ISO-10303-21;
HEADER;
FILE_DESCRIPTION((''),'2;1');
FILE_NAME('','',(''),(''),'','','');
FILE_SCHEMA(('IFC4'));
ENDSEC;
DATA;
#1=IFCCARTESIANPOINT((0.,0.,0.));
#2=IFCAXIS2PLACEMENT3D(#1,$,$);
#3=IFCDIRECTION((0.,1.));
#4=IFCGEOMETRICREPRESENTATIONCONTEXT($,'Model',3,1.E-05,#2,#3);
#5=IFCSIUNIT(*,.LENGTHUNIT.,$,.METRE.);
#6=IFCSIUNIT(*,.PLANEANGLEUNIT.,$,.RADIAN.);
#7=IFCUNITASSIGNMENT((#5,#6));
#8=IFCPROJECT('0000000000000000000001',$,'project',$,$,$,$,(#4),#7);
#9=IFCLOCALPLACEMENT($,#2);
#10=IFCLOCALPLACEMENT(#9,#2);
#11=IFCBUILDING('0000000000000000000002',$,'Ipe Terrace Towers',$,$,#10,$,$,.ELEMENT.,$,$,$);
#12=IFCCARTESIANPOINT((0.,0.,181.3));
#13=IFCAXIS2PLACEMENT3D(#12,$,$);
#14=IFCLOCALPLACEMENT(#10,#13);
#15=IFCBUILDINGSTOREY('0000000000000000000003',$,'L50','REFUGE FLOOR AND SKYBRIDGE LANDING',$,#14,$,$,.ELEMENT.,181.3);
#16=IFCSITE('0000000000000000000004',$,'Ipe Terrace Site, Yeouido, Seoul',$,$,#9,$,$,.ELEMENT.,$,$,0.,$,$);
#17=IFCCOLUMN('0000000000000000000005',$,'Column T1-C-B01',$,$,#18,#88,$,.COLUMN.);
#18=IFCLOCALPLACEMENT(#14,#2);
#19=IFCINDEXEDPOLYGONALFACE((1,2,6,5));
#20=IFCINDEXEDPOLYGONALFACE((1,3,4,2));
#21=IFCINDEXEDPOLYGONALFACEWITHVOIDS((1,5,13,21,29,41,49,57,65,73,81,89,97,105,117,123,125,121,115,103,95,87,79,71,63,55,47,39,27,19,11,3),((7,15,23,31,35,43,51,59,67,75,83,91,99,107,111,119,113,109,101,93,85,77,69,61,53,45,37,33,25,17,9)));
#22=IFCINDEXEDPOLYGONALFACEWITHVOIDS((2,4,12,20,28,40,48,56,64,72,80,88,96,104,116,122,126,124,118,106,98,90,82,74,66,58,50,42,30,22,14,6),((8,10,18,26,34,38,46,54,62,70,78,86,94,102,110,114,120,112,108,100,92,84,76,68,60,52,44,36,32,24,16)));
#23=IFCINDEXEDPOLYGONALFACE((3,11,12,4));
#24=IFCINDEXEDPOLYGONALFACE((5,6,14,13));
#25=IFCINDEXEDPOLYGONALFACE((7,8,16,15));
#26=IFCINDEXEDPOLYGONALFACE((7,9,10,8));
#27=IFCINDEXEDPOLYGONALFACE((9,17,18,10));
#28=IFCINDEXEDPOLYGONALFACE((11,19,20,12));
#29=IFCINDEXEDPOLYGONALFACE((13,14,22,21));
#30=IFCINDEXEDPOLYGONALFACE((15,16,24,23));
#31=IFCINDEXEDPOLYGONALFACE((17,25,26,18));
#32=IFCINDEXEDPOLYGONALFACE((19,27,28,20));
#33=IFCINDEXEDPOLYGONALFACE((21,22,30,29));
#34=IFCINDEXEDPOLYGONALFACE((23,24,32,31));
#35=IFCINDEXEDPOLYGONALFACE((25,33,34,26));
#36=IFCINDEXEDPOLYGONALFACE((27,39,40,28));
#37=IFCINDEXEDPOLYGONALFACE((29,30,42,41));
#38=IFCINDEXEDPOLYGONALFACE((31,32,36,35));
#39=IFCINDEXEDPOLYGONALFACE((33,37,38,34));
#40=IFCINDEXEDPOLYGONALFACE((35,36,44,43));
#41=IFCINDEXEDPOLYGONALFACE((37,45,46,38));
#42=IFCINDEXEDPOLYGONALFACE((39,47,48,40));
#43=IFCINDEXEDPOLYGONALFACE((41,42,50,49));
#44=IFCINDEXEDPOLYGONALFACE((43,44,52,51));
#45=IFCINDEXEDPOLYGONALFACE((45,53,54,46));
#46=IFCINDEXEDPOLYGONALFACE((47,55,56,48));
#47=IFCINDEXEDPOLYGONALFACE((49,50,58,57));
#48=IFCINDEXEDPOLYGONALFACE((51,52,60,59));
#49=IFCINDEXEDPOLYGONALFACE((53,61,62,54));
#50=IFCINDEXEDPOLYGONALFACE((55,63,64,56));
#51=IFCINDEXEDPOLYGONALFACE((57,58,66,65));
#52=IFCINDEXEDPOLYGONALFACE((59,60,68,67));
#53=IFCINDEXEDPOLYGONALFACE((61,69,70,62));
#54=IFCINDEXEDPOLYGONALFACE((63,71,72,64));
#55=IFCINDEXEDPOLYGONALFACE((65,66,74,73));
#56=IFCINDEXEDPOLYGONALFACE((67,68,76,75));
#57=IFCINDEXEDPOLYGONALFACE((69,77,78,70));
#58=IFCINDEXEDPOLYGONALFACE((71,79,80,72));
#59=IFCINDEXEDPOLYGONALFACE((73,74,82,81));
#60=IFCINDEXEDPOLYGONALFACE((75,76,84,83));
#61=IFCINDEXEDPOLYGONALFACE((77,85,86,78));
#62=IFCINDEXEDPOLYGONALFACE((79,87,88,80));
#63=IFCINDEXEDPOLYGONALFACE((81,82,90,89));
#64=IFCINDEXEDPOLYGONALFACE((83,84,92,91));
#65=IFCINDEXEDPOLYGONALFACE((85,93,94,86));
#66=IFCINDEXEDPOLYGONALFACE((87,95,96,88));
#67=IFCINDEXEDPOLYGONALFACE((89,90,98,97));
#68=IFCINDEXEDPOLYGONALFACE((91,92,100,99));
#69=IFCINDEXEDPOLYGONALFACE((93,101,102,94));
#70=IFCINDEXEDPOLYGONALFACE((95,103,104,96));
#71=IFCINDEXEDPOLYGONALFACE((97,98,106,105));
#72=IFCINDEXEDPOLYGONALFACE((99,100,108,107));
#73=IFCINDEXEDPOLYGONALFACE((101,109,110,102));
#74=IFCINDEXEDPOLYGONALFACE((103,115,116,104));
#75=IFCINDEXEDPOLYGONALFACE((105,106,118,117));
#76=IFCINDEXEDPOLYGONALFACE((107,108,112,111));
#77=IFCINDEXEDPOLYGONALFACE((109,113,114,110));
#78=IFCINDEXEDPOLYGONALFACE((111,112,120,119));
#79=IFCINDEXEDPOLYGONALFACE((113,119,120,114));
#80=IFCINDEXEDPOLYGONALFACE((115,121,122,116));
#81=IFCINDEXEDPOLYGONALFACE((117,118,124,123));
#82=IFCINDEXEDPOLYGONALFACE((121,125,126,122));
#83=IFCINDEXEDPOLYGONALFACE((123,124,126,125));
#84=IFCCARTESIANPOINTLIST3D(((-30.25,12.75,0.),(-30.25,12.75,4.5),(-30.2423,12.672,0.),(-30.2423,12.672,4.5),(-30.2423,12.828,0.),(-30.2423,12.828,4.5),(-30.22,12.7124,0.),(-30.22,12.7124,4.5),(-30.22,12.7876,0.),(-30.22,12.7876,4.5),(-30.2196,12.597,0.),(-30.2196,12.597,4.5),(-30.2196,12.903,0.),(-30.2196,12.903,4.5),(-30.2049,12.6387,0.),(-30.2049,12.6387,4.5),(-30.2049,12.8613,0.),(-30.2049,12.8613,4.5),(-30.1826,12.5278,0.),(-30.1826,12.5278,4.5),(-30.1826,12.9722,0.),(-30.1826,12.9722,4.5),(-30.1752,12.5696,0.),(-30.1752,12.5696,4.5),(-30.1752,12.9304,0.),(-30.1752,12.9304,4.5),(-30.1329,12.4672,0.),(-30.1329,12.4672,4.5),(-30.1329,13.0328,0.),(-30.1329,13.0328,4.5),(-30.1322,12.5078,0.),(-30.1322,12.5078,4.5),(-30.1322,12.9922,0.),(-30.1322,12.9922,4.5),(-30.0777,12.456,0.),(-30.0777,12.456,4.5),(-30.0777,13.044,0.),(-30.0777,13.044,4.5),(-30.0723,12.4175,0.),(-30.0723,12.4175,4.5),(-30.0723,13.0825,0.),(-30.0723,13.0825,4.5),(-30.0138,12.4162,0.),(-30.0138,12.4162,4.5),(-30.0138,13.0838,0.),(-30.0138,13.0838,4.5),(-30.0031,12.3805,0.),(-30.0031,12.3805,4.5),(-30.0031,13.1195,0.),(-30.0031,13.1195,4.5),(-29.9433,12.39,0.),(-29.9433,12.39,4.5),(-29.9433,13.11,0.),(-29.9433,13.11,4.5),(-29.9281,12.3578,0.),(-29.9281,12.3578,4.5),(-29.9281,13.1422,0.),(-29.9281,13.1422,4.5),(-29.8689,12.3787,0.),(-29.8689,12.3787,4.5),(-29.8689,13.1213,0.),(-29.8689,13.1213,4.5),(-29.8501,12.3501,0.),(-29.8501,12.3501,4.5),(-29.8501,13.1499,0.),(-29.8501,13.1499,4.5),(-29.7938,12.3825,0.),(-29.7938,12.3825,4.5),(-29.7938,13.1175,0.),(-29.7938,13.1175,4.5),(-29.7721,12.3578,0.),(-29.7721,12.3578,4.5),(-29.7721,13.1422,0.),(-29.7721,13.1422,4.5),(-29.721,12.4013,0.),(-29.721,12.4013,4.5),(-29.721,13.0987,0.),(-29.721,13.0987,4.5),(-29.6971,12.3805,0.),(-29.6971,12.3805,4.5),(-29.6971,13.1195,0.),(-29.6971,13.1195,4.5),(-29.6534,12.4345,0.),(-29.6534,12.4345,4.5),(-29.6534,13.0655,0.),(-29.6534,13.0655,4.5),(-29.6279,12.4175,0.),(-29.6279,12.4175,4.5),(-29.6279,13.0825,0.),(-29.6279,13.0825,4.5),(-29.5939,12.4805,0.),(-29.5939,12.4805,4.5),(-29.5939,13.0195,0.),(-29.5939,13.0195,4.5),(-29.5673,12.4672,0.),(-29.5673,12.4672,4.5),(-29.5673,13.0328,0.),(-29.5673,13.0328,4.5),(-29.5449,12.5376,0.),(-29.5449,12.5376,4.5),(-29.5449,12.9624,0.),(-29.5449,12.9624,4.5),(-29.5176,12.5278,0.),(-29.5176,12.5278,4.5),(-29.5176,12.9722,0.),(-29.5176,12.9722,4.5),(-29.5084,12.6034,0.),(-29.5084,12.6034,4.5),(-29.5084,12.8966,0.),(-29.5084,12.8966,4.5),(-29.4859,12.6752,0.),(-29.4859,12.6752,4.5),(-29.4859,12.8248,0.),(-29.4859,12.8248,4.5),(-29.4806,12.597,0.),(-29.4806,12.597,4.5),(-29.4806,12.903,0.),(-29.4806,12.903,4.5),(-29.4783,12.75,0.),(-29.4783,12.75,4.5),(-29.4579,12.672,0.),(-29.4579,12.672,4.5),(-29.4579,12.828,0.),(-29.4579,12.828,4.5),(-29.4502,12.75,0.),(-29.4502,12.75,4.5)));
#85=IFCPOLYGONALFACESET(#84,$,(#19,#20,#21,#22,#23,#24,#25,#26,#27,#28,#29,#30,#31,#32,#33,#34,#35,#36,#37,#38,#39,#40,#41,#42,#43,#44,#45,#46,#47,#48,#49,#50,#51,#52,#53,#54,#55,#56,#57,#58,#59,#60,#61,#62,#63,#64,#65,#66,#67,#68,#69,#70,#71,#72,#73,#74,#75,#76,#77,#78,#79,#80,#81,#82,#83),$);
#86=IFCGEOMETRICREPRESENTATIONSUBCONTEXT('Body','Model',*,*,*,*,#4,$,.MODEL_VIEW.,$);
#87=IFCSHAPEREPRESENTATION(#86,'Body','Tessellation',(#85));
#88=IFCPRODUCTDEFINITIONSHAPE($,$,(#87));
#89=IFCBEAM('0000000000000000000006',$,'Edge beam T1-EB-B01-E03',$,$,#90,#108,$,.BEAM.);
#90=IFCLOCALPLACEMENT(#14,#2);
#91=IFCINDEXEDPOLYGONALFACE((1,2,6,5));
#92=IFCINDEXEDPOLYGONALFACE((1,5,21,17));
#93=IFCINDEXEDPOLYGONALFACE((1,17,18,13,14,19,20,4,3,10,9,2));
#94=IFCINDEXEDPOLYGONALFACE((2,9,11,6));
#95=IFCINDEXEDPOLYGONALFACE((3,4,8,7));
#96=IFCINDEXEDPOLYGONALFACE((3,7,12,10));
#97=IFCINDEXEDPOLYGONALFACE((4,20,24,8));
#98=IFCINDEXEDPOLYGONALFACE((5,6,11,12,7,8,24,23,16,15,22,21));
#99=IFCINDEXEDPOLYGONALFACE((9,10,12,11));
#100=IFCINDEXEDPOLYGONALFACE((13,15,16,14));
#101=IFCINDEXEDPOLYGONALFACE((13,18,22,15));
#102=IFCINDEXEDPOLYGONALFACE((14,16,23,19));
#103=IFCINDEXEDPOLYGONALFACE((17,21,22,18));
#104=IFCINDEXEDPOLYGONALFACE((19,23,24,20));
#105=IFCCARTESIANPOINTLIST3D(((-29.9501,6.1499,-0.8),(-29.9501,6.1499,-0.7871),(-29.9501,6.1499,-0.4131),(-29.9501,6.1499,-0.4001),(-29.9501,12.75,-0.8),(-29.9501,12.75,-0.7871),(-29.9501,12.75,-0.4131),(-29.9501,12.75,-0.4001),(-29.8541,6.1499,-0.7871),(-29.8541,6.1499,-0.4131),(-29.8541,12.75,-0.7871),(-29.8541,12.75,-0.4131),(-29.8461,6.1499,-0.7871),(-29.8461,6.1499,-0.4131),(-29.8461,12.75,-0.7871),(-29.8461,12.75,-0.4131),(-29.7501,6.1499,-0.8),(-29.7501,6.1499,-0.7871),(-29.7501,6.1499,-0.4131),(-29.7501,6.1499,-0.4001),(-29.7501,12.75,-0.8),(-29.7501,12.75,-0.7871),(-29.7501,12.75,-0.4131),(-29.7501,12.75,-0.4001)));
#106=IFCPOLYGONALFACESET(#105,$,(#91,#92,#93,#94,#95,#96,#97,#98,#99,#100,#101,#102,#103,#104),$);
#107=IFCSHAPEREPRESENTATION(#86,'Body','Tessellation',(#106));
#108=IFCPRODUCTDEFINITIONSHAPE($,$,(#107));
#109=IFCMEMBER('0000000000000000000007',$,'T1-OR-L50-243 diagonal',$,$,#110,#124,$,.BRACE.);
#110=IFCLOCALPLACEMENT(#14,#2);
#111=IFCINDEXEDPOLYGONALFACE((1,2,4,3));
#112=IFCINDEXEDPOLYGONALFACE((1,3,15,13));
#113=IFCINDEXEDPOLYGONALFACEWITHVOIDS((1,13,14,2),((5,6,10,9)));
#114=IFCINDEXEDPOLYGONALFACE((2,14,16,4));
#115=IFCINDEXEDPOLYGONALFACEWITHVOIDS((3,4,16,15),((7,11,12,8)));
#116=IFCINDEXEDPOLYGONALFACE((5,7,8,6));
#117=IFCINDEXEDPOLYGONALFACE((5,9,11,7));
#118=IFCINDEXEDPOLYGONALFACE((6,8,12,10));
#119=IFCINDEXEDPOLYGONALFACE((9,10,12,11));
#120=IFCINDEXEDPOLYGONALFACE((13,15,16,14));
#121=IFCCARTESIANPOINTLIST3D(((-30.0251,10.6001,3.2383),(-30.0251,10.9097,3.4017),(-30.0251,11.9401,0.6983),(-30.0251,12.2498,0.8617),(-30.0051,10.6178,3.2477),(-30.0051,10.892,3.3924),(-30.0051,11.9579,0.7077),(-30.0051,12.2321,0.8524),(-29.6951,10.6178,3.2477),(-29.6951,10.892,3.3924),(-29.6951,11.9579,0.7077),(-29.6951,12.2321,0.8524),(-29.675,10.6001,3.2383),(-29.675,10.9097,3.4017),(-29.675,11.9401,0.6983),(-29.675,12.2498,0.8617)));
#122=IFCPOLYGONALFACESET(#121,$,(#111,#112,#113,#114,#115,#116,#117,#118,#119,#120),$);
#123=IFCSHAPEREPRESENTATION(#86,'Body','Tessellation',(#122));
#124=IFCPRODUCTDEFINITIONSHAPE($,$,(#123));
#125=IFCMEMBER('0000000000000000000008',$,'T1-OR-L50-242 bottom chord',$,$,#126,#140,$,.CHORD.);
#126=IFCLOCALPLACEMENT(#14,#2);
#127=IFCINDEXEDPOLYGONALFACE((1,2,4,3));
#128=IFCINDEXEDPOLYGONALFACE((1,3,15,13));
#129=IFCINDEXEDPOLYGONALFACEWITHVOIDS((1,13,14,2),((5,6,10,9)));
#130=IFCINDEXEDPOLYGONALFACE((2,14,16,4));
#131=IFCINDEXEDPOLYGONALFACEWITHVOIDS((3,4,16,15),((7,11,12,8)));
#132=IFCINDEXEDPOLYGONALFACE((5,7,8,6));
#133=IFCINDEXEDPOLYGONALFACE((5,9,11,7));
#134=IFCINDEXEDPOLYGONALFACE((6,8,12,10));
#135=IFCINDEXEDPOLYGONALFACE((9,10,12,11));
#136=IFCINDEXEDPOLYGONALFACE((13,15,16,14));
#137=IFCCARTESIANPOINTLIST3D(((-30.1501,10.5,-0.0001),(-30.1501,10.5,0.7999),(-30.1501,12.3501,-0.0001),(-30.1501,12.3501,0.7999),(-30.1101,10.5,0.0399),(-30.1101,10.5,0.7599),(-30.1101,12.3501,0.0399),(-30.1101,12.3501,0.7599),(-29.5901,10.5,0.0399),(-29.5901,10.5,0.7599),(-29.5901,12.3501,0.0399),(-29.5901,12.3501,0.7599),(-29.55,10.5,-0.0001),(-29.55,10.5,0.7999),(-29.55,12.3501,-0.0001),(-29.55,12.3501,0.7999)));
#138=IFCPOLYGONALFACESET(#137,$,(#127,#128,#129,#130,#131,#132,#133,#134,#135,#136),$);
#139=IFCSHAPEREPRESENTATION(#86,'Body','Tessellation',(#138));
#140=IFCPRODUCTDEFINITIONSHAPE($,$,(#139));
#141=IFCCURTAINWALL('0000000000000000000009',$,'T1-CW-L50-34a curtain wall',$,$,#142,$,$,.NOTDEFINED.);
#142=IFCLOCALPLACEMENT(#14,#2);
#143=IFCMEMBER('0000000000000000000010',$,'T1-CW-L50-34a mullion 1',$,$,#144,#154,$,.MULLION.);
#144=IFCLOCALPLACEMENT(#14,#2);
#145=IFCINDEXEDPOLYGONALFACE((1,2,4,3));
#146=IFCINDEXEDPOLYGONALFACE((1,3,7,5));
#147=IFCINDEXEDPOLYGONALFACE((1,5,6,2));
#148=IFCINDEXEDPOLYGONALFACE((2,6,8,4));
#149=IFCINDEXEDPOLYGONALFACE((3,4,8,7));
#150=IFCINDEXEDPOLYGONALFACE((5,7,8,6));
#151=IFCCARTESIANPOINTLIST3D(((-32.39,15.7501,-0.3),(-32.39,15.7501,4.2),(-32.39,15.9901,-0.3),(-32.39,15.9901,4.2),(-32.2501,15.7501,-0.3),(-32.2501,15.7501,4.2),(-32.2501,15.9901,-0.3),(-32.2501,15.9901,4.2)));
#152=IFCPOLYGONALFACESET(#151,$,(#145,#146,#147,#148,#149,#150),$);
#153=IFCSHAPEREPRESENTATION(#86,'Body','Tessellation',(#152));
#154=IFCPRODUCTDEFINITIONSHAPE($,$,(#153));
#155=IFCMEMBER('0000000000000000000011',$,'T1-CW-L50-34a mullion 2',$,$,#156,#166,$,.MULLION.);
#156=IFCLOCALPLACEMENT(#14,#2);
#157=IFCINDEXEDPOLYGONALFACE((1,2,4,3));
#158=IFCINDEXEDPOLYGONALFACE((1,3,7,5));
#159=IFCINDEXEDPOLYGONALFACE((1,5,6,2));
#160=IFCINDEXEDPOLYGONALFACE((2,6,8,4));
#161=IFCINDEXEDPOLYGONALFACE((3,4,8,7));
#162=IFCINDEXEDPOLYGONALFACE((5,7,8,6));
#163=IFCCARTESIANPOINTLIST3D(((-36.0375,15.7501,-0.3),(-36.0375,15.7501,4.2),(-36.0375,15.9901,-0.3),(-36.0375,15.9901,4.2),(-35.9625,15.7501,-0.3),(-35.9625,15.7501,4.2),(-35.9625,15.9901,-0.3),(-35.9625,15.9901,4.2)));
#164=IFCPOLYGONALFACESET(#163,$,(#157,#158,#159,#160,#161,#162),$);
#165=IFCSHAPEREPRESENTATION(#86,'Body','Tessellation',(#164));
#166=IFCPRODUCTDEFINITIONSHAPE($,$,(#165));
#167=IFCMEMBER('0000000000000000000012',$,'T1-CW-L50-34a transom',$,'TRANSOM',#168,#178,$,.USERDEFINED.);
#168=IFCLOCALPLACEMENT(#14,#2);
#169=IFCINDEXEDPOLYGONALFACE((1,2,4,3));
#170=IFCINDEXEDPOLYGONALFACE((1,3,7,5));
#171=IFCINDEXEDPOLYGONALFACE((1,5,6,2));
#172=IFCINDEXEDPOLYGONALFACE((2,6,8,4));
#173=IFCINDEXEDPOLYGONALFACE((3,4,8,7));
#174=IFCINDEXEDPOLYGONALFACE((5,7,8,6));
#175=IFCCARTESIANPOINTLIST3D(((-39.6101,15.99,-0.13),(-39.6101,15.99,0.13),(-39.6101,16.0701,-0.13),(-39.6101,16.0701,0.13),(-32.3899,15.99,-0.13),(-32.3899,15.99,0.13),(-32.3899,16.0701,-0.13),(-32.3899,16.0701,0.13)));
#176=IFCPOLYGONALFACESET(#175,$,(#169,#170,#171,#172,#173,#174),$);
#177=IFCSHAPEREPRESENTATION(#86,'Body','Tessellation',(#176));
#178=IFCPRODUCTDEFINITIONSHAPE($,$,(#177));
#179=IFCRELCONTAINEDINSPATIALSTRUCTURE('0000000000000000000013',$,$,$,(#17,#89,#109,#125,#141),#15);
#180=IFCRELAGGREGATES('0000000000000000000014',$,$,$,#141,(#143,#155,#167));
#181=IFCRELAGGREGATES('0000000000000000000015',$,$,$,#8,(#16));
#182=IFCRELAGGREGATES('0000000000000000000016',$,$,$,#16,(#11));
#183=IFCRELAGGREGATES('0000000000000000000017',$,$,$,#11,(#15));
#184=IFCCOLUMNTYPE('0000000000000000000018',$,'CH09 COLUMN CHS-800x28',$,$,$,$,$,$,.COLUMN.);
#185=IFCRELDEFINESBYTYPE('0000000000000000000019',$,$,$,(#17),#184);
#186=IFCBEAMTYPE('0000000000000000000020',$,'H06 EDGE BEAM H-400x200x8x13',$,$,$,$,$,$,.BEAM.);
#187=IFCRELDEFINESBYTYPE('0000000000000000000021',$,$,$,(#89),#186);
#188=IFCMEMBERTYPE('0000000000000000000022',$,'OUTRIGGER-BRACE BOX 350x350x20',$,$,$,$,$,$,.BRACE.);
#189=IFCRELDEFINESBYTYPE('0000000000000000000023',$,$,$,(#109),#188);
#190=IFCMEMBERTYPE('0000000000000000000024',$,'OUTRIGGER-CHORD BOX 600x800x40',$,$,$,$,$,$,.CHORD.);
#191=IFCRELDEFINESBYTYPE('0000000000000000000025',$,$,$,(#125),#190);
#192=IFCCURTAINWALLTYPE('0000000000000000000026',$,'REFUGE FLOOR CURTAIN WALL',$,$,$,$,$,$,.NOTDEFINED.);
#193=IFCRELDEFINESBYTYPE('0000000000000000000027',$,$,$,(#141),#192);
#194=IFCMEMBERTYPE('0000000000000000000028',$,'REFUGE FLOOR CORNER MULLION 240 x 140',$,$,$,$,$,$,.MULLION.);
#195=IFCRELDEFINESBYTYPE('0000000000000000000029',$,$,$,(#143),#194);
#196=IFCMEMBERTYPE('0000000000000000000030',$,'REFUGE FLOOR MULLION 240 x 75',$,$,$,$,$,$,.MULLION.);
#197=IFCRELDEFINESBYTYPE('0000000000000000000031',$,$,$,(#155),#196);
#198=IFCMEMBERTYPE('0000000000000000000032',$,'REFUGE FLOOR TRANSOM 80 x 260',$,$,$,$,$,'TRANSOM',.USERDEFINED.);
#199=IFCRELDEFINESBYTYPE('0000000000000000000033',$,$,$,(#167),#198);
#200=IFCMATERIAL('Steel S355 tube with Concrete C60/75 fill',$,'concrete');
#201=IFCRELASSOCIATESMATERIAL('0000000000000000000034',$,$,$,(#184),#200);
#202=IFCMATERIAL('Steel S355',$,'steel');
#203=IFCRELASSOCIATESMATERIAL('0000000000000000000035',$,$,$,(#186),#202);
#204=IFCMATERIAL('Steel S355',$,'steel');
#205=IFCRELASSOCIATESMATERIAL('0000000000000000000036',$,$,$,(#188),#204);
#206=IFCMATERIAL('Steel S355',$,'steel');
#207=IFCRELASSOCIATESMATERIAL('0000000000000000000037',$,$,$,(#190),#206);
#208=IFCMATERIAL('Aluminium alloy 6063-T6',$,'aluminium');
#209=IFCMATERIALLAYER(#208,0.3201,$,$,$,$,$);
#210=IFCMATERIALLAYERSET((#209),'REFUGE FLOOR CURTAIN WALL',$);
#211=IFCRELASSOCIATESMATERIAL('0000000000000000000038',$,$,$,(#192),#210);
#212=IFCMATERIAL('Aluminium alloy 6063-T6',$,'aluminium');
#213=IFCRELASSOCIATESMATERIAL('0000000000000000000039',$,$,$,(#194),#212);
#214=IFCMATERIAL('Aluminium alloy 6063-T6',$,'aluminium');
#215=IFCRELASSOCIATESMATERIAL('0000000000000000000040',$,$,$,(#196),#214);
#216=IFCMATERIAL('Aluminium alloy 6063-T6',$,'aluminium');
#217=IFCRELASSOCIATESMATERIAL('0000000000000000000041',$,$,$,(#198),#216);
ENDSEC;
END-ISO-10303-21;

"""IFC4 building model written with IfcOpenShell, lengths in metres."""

from ifc_helpers import new_model, si_unit, direction, frame, origin, origin_2d, place, context, subcontext, project, spatial, rectangle, hollow_rectangle, hollow_circle, i_section, extrude, material, layer, layer_set, material_profile, profile_set, type_object, element, aggregate, save


model = new_model("IFC4")

# Units and contexts
model_context = context("Model", 3, precision=1e-05, world=origin(), true_north=direction((0.0, 1.0)))
body_context = subcontext(model_context, "Body", "Model", "MODEL_VIEW")
ifc_project = project(units=[si_unit("LENGTHUNIT", "METRE"), si_unit("PLANEANGLEUNIT", "RADIAN")], contexts=[model_context])

# Site, building, storey
site_placement = place(None, origin())
site = spatial("IfcSite", under=ifc_project, at=site_placement, Name="Ipe Terrace Site, Yeouido, Seoul", CompositionType="ELEMENT", RefElevation=0.0)
building_placement = place(site_placement, origin())
building = spatial("IfcBuilding", under=site, at=building_placement, Name="Ipe Terrace Towers", CompositionType="ELEMENT")
storey_placement = place(building_placement, frame((0.0, 0.0, 181.3)))
storey = spatial("IfcBuildingStorey", under=building, at=storey_placement, Name="L50", Description="REFUGE FLOOR AND SKYBRIDGE LANDING", CompositionType="ELEMENT", Elevation=181.3)

# Column
ifc_material_1 = material(Name="Steel S355 tube with Concrete C60/75 fill", Category="concrete")
ifc_material_profile_1 = material_profile(ifc_material_1, hollow_circle(Radius=0.3999, WallThickness=0.0281, at=origin_2d()), Name="CHS-800x28")
ifc_profile_set_1 = profile_set([ifc_material_profile_1], Name="Steel S355 tube with Concrete C60/75 fill")
column_type = type_object("IfcColumnType", Name="CH09 COLUMN CHS-800x28", PredefinedType="COLUMN", material=ifc_profile_set_1)
column_placement = place(storey_placement, frame((-29.8501, 12.75, 0.0), z_axis=(0.0, 0.0, 1.0), x_axis=(1.0, 0.0, 0.0)))
element("IfcColumn", 1, at=column_placement, inside=storey, type_object=column_type, Name="Column T1-C-B01", PredefinedType="COLUMN", context=body_context, shape_type="SweptSolid", body=[
    extrude(hollow_circle(Radius=0.3999, WallThickness=0.0281, at=origin_2d()), origin(), (0.0, 0.0, 1.0), 4.5),
])

# Beam
ifc_material_2 = material(Name="Steel S355", Category="steel")
ifc_material_profile_2 = material_profile(ifc_material_2, i_section(OverallWidth=0.2, OverallDepth=0.3999, WebThickness=0.0081, FlangeThickness=0.0129, at=origin_2d()), Name="H-400x200x8x13")
ifc_profile_set_2 = profile_set([ifc_material_profile_2], Name="Steel S355")
beam_type = type_object("IfcBeamType", Name="H06 EDGE BEAM H-400x200x8x13", PredefinedType="BEAM", material=ifc_profile_set_2)
beam_placement = place(storey_placement, frame((-29.8501, 12.75, -0.6001), z_axis=(0.0, -1.0, 0.0), x_axis=(1.0, 0.0, 0.0)))
element("IfcBeam", 2, at=beam_placement, inside=storey, type_object=beam_type, Name="Edge beam T1-EB-B01-E03", PredefinedType="BEAM", context=body_context, shape_type="SweptSolid", body=[
    extrude(i_section(OverallWidth=0.2, OverallDepth=0.3999, WebThickness=0.0081, FlangeThickness=0.0129, at=origin_2d()), origin(), (0.0, 0.0, 1.0), 6.6001),
])

# Members
ifc_material_3 = material(Name="Steel S355", Category="steel")
ifc_material_profile_3 = material_profile(ifc_material_3, hollow_rectangle(XDim=0.3501, YDim=0.3501, WallThickness=0.02, at=origin_2d()), Name="OUTRIGGER-BRACE BOX 350x350x20")
ifc_profile_set_3 = profile_set([ifc_material_profile_3], Name="Steel S355")
member_type_1 = type_object("IfcMemberType", Name="OUTRIGGER-BRACE BOX 350x350x20", PredefinedType="BRACE", material=ifc_profile_set_3)
member_1_placement = place(storey_placement, frame((-29.8501, 12.095, 0.78), z_axis=(0.0, -0.466626, 0.884455), x_axis=(1.0, 0.0, 0.0)))
element("IfcMember", 3, at=member_1_placement, inside=storey, type_object=member_type_1, Name="T1-OR-L50-243 diagonal", PredefinedType="BRACE", context=body_context, shape_type="SweptSolid", body=[
    extrude(hollow_rectangle(XDim=0.3501, YDim=0.3501, WallThickness=0.02, at=origin_2d()), origin(), (0.0, 0.0, 1.0), 2.8718),
])
ifc_material_4 = material(Name="Steel S355", Category="steel")
ifc_material_profile_4 = material_profile(ifc_material_4, hollow_rectangle(XDim=0.6001, YDim=0.8, WallThickness=0.04, at=origin_2d()), Name="OUTRIGGER-CHORD BOX 600x800x40")
ifc_profile_set_4 = profile_set([ifc_material_profile_4], Name="Steel S355")
member_type_2 = type_object("IfcMemberType", Name="OUTRIGGER-CHORD BOX 600x800x40", PredefinedType="CHORD", material=ifc_profile_set_4)
member_2_placement = place(storey_placement, frame((-29.8501, 10.5, 0.3999), z_axis=(0.0, 1.0, 0.0), x_axis=(-1.0, 0.0, 0.0)))
element("IfcMember", 4, at=member_2_placement, inside=storey, type_object=member_type_2, Name="T1-OR-L50-242 bottom chord", PredefinedType="CHORD", context=body_context, shape_type="SweptSolid", body=[
    extrude(hollow_rectangle(XDim=0.6001, YDim=0.8, WallThickness=0.04, at=origin_2d()), origin(), (0.0, 0.0, 1.0), 1.8501),
])

# Curtain wall, members
ifc_material_5 = material(Name="Aluminium alloy 6063-T6", Category="aluminium")
ifc_layer_1 = layer(ifc_material_5, 0.3201)
ifc_layer_set_1 = layer_set([ifc_layer_1], Name="REFUGE FLOOR CURTAIN WALL")
curtain_wall_type = type_object("IfcCurtainWallType", Name="REFUGE FLOOR CURTAIN WALL", PredefinedType="NOTDEFINED", material=ifc_layer_set_1)
curtain_wall_placement = place(storey_placement, origin())
curtain_wall = element("IfcCurtainWall", 5, at=curtain_wall_placement, inside=storey, type_object=curtain_wall_type, Name="T1-CW-L50-34a curtain wall", PredefinedType="NOTDEFINED")
ifc_material_6 = material(Name="Aluminium alloy 6063-T6", Category="aluminium")
ifc_material_profile_5 = material_profile(ifc_material_6, rectangle(XDim=0.24, YDim=0.1399, at=origin_2d()), Name="REFUGE FLOOR CORNER MULLION 240 x 140")
ifc_profile_set_5 = profile_set([ifc_material_profile_5], Name="Aluminium alloy 6063-T6")
member_type_3 = type_object("IfcMemberType", Name="REFUGE FLOOR CORNER MULLION 240 x 140", PredefinedType="MULLION", material=ifc_profile_set_5)
member_3_placement = place(storey_placement, frame((-32.3201, 15.8701, -0.3), z_axis=(0.0, 0.0, 1.0), x_axis=(0.0, 1.0, 0.0)))
member_3 = element("IfcMember", 6, at=member_3_placement, type_object=member_type_3, Name="T1-CW-L50-34a mullion 1", PredefinedType="MULLION", context=body_context, shape_type="SweptSolid", body=[
    extrude(rectangle(XDim=0.24, YDim=0.1399, at=origin_2d()), origin(), (0.0, 0.0, 1.0), 4.5),
])
ifc_material_7 = material(Name="Aluminium alloy 6063-T6", Category="aluminium")
ifc_material_profile_6 = material_profile(ifc_material_7, rectangle(XDim=0.24, YDim=0.075, at=origin_2d()), Name="REFUGE FLOOR MULLION 240 x 75")
ifc_profile_set_6 = profile_set([ifc_material_profile_6], Name="Aluminium alloy 6063-T6")
member_type_4 = type_object("IfcMemberType", Name="REFUGE FLOOR MULLION 240 x 75", PredefinedType="MULLION", material=ifc_profile_set_6)
member_4_placement = place(storey_placement, frame((-36.0, 15.8701, -0.3), z_axis=(0.0, 0.0, 1.0), x_axis=(0.0, 1.0, 0.0)))
member_4 = element("IfcMember", 7, at=member_4_placement, type_object=member_type_4, Name="T1-CW-L50-34a mullion 2", PredefinedType="MULLION", context=body_context, shape_type="SweptSolid", body=[
    extrude(rectangle(XDim=0.24, YDim=0.075, at=origin_2d()), origin(), (0.0, 0.0, 1.0), 4.5),
])
ifc_material_8 = material(Name="Aluminium alloy 6063-T6", Category="aluminium")
ifc_material_profile_7 = material_profile(ifc_material_8, rectangle(XDim=0.0801, YDim=0.26, at=origin_2d()), Name="REFUGE FLOOR TRANSOM 80 x 260")
ifc_profile_set_7 = profile_set([ifc_material_profile_7], Name="Aluminium alloy 6063-T6")
member_type_5 = type_object("IfcMemberType", Name="REFUGE FLOOR TRANSOM 80 x 260", ElementType="TRANSOM", PredefinedType="USERDEFINED", material=ifc_profile_set_7)
member_5_placement = place(storey_placement, frame((-32.3899, 16.03, 0.0), z_axis=(-1.0, 0.0, 0.0), x_axis=(0.0, 1.0, 0.0)))
member_5 = element("IfcMember", 8, at=member_5_placement, type_object=member_type_5, Name="T1-CW-L50-34a transom", ObjectType="TRANSOM", PredefinedType="USERDEFINED", context=body_context, shape_type="SweptSolid", body=[
    extrude(rectangle(XDim=0.0801, YDim=0.26, at=origin_2d()), origin(), (0.0, 0.0, 1.0), 7.2202),
])
aggregate(curtain_wall, [member_3, member_4, member_5])

save(model, "model.ifc")
